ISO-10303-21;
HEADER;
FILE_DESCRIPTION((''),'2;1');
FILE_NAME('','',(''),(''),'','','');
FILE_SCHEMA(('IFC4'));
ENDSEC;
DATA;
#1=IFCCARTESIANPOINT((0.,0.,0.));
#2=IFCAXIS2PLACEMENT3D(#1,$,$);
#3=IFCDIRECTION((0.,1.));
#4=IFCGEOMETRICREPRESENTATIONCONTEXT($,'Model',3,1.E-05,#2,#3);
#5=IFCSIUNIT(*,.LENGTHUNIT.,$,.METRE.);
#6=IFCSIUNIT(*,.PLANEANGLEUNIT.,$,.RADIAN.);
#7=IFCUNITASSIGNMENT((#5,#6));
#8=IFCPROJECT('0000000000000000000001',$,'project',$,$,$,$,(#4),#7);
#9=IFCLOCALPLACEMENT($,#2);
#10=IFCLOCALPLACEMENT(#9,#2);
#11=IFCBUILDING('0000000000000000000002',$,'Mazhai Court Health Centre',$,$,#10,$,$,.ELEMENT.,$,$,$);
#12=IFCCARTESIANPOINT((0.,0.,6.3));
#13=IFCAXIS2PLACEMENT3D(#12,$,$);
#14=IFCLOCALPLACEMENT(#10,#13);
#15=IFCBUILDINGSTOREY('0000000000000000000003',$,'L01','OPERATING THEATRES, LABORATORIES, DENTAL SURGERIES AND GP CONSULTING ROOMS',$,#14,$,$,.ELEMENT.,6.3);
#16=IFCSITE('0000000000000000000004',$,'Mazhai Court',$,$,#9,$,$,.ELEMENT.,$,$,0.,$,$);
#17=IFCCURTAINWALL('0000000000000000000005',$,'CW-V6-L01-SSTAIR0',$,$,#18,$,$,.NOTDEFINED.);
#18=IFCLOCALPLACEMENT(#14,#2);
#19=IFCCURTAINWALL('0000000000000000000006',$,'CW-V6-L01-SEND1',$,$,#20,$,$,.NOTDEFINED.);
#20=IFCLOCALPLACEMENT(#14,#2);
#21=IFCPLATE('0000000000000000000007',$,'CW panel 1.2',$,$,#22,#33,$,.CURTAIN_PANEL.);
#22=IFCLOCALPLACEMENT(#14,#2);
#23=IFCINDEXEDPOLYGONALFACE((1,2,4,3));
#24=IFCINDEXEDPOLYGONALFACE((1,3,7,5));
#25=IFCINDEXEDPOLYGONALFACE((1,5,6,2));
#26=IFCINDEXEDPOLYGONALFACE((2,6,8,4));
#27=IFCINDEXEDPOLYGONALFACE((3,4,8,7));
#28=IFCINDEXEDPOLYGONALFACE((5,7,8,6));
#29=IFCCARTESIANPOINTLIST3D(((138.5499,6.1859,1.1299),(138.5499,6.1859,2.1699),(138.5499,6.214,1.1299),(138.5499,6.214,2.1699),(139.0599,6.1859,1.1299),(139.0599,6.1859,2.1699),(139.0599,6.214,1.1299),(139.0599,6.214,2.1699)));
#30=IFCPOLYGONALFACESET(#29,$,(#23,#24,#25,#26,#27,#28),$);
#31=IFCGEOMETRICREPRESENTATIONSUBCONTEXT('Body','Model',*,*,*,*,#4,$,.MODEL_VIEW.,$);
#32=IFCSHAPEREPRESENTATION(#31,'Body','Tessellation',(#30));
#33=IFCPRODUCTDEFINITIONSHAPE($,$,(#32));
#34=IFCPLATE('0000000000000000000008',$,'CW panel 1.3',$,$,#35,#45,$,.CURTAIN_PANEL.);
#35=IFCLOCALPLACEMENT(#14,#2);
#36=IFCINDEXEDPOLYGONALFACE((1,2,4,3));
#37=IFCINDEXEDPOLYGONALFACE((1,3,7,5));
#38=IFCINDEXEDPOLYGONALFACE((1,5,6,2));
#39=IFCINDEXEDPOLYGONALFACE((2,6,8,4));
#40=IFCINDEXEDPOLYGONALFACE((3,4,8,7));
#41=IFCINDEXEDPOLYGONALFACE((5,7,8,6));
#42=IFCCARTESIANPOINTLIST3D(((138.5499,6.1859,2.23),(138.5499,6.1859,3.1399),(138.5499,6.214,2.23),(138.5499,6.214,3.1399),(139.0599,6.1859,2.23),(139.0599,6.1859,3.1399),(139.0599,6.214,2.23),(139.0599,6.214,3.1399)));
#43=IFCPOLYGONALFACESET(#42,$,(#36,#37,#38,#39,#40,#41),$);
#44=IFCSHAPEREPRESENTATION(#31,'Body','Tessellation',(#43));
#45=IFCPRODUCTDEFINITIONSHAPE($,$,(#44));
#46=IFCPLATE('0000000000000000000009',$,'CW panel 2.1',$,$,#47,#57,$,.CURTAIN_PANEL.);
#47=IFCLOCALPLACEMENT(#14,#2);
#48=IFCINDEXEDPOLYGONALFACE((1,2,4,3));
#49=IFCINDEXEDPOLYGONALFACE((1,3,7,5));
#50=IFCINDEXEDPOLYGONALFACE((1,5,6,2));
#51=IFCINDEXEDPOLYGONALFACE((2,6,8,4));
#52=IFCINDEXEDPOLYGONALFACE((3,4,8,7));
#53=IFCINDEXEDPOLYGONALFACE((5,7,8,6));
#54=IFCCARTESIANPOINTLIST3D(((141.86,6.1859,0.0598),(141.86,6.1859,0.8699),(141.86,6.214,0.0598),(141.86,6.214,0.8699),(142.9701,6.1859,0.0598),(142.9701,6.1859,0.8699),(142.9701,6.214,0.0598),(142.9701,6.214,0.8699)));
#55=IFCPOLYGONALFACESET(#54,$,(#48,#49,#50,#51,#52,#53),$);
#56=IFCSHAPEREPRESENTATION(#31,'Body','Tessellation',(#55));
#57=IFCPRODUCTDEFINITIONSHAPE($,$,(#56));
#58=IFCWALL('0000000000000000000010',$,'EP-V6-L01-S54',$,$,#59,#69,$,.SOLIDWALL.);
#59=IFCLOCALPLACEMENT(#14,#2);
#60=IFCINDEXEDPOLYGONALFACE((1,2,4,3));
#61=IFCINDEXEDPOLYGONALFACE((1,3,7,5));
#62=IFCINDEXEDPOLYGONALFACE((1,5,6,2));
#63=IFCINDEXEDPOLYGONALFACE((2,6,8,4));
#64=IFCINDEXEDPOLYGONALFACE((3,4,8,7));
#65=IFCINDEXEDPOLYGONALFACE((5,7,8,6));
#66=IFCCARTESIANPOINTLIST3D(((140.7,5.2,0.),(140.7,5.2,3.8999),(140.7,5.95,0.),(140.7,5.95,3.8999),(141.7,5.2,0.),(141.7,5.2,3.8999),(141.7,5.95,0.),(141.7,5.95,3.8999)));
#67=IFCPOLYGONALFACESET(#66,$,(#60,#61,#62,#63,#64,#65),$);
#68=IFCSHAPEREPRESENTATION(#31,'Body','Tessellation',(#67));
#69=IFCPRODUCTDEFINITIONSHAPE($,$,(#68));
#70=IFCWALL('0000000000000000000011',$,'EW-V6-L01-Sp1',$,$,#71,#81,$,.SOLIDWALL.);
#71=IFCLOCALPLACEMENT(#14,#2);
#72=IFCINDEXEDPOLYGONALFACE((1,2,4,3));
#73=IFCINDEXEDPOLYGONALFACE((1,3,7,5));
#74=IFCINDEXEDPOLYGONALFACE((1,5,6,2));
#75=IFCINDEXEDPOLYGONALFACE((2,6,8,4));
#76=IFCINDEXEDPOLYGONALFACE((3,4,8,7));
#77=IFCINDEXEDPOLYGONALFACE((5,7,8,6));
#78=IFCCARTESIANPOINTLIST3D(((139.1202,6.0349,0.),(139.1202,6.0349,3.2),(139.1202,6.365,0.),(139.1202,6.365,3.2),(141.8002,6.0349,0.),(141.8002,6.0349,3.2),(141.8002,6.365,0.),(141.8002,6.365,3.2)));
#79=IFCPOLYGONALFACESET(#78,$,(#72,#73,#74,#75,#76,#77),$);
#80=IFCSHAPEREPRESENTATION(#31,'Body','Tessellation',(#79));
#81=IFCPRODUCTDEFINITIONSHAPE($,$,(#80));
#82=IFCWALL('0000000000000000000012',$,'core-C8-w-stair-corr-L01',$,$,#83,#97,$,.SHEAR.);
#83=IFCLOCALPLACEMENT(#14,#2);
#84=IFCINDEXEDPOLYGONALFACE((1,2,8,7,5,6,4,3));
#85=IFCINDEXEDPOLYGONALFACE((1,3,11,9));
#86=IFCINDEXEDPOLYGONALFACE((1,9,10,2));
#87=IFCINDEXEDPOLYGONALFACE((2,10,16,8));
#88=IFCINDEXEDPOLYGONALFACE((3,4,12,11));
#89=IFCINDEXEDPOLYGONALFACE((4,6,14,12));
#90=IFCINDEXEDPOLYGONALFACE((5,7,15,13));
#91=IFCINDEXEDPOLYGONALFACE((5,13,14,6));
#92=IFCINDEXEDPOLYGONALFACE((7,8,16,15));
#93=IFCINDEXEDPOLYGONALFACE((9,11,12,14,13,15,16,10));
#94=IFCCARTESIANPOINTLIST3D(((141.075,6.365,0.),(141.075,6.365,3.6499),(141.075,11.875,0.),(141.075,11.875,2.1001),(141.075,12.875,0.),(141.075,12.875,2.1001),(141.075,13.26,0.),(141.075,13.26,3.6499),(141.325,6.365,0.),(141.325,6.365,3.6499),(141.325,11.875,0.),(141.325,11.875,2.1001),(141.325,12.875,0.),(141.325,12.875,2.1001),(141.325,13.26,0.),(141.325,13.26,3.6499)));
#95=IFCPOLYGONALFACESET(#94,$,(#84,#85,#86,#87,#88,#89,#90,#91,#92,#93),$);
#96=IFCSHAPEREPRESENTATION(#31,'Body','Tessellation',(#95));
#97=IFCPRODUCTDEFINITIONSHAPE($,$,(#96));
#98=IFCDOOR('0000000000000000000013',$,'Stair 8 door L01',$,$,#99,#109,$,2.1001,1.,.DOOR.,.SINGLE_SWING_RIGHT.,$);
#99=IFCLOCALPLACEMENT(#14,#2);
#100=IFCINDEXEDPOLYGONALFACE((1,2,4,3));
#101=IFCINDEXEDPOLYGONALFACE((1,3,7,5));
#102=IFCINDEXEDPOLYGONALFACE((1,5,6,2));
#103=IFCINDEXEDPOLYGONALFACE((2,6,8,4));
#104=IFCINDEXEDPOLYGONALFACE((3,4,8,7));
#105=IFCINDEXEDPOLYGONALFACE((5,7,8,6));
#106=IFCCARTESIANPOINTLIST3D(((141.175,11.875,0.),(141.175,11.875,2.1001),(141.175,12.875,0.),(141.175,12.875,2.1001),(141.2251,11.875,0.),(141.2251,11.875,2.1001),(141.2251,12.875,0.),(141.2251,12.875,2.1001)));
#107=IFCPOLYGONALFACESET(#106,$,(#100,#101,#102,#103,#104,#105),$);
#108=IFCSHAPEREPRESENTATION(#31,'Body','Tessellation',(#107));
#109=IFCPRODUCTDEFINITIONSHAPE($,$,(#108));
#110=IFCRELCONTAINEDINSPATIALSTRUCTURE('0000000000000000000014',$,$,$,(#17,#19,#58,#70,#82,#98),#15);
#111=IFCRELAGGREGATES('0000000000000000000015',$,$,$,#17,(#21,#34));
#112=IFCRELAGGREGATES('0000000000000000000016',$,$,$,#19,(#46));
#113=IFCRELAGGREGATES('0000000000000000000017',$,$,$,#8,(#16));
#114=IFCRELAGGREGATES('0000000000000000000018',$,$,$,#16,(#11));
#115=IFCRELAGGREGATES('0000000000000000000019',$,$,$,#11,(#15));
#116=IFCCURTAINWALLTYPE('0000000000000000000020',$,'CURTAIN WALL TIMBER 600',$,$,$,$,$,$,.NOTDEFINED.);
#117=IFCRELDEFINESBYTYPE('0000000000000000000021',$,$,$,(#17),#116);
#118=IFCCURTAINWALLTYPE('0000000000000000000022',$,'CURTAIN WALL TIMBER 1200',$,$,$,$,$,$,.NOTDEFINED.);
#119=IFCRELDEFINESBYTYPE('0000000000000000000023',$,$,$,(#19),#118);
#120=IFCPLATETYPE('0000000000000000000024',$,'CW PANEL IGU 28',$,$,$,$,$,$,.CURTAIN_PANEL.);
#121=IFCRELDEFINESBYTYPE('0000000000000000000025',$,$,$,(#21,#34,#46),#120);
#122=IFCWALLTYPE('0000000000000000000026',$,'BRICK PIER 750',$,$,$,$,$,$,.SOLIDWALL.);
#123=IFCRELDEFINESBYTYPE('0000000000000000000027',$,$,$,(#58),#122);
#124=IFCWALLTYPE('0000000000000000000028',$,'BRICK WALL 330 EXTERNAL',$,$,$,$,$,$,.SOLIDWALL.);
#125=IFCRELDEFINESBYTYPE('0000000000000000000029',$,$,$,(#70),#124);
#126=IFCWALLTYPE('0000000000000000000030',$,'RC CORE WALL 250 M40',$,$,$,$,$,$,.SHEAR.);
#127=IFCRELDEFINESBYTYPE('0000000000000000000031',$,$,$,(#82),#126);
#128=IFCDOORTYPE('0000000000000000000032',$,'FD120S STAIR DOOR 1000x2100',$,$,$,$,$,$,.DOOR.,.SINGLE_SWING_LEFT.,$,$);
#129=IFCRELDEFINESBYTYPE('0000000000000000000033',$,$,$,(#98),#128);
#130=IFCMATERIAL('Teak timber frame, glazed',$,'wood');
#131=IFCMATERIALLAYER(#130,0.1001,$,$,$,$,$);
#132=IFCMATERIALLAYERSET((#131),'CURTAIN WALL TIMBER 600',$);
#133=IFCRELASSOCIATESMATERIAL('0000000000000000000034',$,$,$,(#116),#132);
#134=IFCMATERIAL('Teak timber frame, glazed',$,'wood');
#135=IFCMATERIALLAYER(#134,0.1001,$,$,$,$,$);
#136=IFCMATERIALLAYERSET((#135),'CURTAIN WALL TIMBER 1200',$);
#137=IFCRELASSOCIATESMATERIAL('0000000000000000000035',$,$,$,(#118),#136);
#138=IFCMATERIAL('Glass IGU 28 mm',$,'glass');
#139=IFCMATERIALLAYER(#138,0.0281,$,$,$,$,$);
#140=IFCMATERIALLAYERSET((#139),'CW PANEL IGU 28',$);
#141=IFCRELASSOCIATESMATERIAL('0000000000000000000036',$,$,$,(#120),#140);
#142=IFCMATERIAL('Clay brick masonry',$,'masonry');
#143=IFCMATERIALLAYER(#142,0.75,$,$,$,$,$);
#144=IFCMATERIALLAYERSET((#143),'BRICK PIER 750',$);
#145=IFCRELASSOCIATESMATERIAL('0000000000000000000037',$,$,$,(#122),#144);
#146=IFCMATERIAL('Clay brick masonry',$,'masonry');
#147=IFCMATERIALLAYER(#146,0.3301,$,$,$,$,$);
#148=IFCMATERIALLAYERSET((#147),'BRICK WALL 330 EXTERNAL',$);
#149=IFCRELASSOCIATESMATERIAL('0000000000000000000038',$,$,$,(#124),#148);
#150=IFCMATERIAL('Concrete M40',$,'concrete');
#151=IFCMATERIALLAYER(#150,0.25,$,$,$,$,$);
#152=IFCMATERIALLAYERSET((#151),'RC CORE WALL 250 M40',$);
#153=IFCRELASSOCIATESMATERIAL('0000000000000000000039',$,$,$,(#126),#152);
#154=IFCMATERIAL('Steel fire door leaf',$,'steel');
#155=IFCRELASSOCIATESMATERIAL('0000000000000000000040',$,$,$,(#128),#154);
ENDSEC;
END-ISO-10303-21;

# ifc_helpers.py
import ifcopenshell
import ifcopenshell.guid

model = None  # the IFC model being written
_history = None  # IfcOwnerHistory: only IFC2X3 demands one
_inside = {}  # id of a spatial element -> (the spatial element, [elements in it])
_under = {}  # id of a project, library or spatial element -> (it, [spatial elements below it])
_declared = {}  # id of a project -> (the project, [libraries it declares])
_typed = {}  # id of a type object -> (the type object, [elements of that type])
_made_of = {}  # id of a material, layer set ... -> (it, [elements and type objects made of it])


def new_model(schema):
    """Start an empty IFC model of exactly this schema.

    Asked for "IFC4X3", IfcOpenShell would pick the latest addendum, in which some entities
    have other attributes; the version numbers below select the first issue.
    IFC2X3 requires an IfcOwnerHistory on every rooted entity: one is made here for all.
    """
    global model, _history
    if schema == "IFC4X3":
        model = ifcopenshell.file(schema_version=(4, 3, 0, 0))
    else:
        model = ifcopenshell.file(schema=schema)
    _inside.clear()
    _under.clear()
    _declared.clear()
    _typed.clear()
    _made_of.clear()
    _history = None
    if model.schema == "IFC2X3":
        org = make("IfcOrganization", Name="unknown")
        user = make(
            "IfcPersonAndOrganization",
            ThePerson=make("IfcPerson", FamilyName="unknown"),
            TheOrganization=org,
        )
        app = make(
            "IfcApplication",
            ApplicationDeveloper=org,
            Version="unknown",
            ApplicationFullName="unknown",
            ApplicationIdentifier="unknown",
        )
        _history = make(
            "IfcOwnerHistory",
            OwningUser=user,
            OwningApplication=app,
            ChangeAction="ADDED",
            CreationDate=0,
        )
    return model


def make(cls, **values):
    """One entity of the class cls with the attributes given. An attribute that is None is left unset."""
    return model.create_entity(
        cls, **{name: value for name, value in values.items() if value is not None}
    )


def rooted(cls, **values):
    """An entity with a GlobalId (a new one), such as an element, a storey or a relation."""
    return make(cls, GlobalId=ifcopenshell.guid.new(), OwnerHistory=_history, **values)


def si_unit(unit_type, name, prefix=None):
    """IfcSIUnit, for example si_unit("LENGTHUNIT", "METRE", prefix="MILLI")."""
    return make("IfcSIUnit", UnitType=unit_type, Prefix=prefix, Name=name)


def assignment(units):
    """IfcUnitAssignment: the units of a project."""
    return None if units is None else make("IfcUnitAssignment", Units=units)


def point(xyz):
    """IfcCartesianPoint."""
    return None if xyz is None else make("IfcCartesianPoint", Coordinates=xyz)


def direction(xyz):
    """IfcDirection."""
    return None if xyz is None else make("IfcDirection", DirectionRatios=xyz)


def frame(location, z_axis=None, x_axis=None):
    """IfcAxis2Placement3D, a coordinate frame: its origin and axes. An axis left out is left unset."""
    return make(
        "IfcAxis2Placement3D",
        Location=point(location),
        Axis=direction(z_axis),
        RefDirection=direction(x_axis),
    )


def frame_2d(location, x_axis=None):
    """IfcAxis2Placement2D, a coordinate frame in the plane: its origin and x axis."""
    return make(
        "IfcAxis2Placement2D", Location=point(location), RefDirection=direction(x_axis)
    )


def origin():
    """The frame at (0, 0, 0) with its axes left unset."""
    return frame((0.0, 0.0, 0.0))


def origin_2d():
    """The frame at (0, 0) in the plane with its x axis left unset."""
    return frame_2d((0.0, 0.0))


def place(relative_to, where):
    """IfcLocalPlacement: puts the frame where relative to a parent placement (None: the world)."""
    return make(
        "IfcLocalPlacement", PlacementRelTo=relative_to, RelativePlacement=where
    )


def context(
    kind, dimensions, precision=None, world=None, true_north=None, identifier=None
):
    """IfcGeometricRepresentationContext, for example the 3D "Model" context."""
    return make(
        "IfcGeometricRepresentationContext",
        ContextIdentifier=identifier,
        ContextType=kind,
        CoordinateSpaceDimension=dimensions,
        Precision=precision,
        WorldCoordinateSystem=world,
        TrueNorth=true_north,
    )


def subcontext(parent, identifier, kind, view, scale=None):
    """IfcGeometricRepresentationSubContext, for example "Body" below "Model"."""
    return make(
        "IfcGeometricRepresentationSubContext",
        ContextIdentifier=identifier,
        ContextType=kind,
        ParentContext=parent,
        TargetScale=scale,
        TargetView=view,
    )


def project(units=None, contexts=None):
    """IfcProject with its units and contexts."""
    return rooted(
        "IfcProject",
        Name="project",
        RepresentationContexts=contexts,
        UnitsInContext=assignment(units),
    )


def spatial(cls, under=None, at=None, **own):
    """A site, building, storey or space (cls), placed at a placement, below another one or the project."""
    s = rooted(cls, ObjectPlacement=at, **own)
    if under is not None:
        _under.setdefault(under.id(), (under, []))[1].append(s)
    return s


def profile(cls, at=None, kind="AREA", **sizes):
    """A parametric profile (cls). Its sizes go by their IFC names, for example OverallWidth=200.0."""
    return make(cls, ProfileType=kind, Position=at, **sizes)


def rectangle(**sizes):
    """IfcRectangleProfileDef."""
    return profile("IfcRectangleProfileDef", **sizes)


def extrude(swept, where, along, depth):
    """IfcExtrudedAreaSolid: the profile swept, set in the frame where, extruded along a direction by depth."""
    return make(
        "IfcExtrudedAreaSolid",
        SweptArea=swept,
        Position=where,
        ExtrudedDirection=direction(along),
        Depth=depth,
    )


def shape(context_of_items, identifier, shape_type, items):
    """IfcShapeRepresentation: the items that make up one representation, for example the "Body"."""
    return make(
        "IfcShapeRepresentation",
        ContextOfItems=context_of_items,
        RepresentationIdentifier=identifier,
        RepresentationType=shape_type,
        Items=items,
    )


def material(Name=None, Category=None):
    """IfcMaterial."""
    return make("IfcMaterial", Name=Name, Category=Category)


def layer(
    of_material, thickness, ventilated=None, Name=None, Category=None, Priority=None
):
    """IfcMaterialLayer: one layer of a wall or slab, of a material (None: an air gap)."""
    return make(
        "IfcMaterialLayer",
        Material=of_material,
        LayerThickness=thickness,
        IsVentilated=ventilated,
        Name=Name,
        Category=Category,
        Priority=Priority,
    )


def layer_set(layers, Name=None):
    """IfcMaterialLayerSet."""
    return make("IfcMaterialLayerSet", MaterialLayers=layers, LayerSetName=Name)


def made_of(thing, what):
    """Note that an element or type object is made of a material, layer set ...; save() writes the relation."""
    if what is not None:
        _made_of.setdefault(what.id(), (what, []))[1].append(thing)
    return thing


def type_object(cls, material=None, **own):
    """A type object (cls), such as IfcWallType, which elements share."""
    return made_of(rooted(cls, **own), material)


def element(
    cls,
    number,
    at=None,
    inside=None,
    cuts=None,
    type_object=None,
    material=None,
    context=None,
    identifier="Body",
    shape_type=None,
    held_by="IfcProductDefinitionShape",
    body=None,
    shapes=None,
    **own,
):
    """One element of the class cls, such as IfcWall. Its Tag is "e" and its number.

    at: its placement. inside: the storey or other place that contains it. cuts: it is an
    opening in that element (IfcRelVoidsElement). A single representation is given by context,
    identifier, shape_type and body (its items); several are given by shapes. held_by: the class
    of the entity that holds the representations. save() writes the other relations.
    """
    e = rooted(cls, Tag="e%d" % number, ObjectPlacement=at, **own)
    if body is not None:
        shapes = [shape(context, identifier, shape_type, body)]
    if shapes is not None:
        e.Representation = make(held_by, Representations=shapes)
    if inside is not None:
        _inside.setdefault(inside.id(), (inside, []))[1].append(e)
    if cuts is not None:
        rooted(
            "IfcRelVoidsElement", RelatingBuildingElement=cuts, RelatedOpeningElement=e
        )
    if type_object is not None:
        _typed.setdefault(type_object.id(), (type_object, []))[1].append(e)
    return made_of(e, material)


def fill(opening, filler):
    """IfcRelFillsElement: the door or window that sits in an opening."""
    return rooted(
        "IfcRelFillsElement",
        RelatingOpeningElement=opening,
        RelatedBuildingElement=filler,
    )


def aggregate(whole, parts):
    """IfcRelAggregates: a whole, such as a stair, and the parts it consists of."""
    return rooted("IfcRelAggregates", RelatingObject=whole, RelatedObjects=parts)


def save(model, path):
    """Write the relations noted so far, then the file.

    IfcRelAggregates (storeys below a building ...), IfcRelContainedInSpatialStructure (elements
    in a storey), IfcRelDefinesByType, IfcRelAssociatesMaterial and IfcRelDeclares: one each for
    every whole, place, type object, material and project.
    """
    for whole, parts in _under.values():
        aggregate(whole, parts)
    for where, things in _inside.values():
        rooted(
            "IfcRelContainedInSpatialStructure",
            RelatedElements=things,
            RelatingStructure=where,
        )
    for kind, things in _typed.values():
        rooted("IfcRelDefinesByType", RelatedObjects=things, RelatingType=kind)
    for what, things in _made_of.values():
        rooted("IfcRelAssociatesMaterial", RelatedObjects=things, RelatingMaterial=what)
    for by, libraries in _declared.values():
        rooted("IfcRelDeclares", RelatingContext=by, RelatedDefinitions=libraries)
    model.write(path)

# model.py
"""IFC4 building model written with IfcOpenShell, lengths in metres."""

from ifc_helpers import new_model, si_unit, direction, frame, frame_2d, origin, origin_2d, place, context, subcontext, project, spatial, rectangle, extrude, material, layer, layer_set, type_object, element, fill, aggregate, save


model = new_model("IFC4")

# Units and contexts
model_context = context("Model", 3, precision=1e-05, world=origin(), true_north=direction((0.0, 1.0)))
body_context = subcontext(model_context, "Body", "Model", "MODEL_VIEW")
ifc_project = project(units=[si_unit("LENGTHUNIT", "METRE"), si_unit("PLANEANGLEUNIT", "RADIAN")], contexts=[model_context])

# Site, building, storey
site_placement = place(None, origin())
site = spatial("IfcSite", under=ifc_project, at=site_placement, Name="Mazhai Court", CompositionType="ELEMENT", RefElevation=0.0)
building_placement = place(site_placement, origin())
building = spatial("IfcBuilding", under=site, at=building_placement, Name="Mazhai Court Health Centre", CompositionType="ELEMENT")
storey_placement = place(building_placement, frame((0.0, 0.0, 6.3)))
storey = spatial("IfcBuildingStorey", under=building, at=storey_placement, Name="L01", Description="OPERATING THEATRES, LABORATORIES, DENTAL SURGERIES AND GP CONSULTING ROOMS", CompositionType="ELEMENT", Elevation=6.3)

# Curtain wall
ifc_material_1 = material(Name="Teak timber frame, glazed", Category="wood")
ifc_layer_1 = layer(ifc_material_1, 0.1001)
ifc_layer_set_1 = layer_set([ifc_layer_1], Name="CURTAIN WALL TIMBER 600")
curtain_wall_type_1 = type_object("IfcCurtainWallType", Name="CURTAIN WALL TIMBER 600", PredefinedType="NOTDEFINED", material=ifc_layer_set_1)
curtain_wall_1_placement = place(storey_placement, origin())
curtain_wall_1 = element("IfcCurtainWall", 1, at=curtain_wall_1_placement, inside=storey, type_object=curtain_wall_type_1, Name="CW-V6-L01-SSTAIR0", PredefinedType="NOTDEFINED")

# Curtain wall
ifc_material_2 = material(Name="Teak timber frame, glazed", Category="wood")
ifc_layer_2 = layer(ifc_material_2, 0.1001)
ifc_layer_set_2 = layer_set([ifc_layer_2], Name="CURTAIN WALL TIMBER 1200")
curtain_wall_type_2 = type_object("IfcCurtainWallType", Name="CURTAIN WALL TIMBER 1200", PredefinedType="NOTDEFINED", material=ifc_layer_set_2)
curtain_wall_2_placement = place(storey_placement, origin())
curtain_wall_2 = element("IfcCurtainWall", 2, at=curtain_wall_2_placement, inside=storey, type_object=curtain_wall_type_2, Name="CW-V6-L01-SEND1", PredefinedType="NOTDEFINED")

# Plates
ifc_material_3 = material(Name="Glass IGU 28 mm", Category="glass")
ifc_layer_3 = layer(ifc_material_3, 0.0281)
ifc_layer_set_3 = layer_set([ifc_layer_3], Name="CW PANEL IGU 28")
plate_type = type_object("IfcPlateType", Name="CW PANEL IGU 28", PredefinedType="CURTAIN_PANEL", material=ifc_layer_set_3)
plate_1_placement = place(storey_placement, frame((138.8049, 6.2, 1.1299), z_axis=(0.0, 0.0, 1.0), x_axis=(-1.0, 0.0, 0.0)))
plate_1 = element("IfcPlate", 3, at=plate_1_placement, type_object=plate_type, Name="CW panel 1.2", PredefinedType="CURTAIN_PANEL", context=body_context, shape_type="SweptSolid", body=[
    extrude(rectangle(XDim=0.51, YDim=0.0281, at=origin_2d()), origin(), (0.0, 0.0, 1.0), 1.04),
])
plate_2_placement = place(storey_placement, frame((138.8049, 6.2, 2.23), z_axis=(0.0, 0.0, 1.0), x_axis=(-1.0, 0.0, 0.0)))
plate_2 = element("IfcPlate", 4, at=plate_2_placement, type_object=plate_type, Name="CW panel 1.3", PredefinedType="CURTAIN_PANEL", context=body_context, shape_type="SweptSolid", body=[
    extrude(rectangle(XDim=0.51, YDim=0.0281, at=origin_2d()), origin(), (0.0, 0.0, 1.0), 0.9099),
])
aggregate(curtain_wall_1, [plate_1, plate_2])
plate_3_placement = place(storey_placement, frame((142.415, 6.2, 0.0598), z_axis=(0.0, 0.0, 1.0), x_axis=(-1.0, 0.0, 0.0)))
plate_3 = element("IfcPlate", 5, at=plate_3_placement, type_object=plate_type, Name="CW panel 2.1", PredefinedType="CURTAIN_PANEL", context=body_context, shape_type="SweptSolid", body=[
    extrude(rectangle(XDim=1.1101, YDim=0.0281, at=origin_2d()), origin(), (0.0, 0.0, 1.0), 0.8101),
])
aggregate(curtain_wall_2, [plate_3])

# Walls
ifc_material_4 = material(Name="Clay brick masonry", Category="masonry")
ifc_layer_4 = layer(ifc_material_4, 0.75)
ifc_layer_set_4 = layer_set([ifc_layer_4], Name="BRICK PIER 750")
wall_type_1 = type_object("IfcWallType", Name="BRICK PIER 750", PredefinedType="SOLIDWALL", material=ifc_layer_set_4)
wall_1_placement = place(storey_placement, frame((141.7, 5.575, 0.0), z_axis=(0.0, 0.0, 1.0), x_axis=(-1.0, 0.0, 0.0)))
element("IfcWall", 6, at=wall_1_placement, inside=storey, type_object=wall_type_1, Name="EP-V6-L01-S54", PredefinedType="SOLIDWALL", context=body_context, shape_type="SweptSolid", body=[
    extrude(rectangle(XDim=1.0, YDim=0.75, at=frame_2d((0.5, 0.0))), origin(), (0.0, 0.0, 1.0), 3.8999),
])
ifc_material_5 = material(Name="Clay brick masonry", Category="masonry")
ifc_layer_5 = layer(ifc_material_5, 0.3301)
ifc_layer_set_5 = layer_set([ifc_layer_5], Name="BRICK WALL 330 EXTERNAL")
wall_type_2 = type_object("IfcWallType", Name="BRICK WALL 330 EXTERNAL", PredefinedType="SOLIDWALL", material=ifc_layer_set_5)
wall_2_placement = place(storey_placement, frame((141.8, 6.2, 0.0), z_axis=(0.0, 0.0, 1.0), x_axis=(-1.0, 0.0, 0.0)))
element("IfcWall", 7, at=wall_2_placement, inside=storey, type_object=wall_type_2, Name="EW-V6-L01-Sp1", PredefinedType="SOLIDWALL", context=body_context, shape_type="SweptSolid", body=[
    extrude(rectangle(XDim=2.6799, YDim=0.3301, at=frame_2d((1.3398, 0.0))), origin(), (0.0, 0.0, 1.0), 3.2),
])

# Wall, opening, door
ifc_material_6 = material(Name="Concrete M40", Category="concrete")
ifc_layer_6 = layer(ifc_material_6, 0.25)
ifc_layer_set_6 = layer_set([ifc_layer_6], Name="RC CORE WALL 250 M40")
wall_type_3 = type_object("IfcWallType", Name="RC CORE WALL 250 M40", PredefinedType="SHEAR", material=ifc_layer_set_6)
wall_3_placement = place(storey_placement, frame((141.2, 6.365, 0.0), z_axis=(0.0, 0.0, 1.0), x_axis=(0.0, 1.0, 0.0)))
wall_3 = element("IfcWall", 8, at=wall_3_placement, inside=storey, type_object=wall_type_3, Name="core-C8-w-stair-corr-L01", PredefinedType="SHEAR", context=body_context, shape_type="SweptSolid", body=[
    extrude(rectangle(XDim=6.895, YDim=0.25, at=frame_2d((3.4475, 0.0))), origin(), (0.0, 0.0, 1.0), 3.6499),
])
opening_placement = place(wall_3_placement, frame((5.51, 0.0, 0.0)))
opening = element("IfcOpeningElement", 9, at=opening_placement, cuts=wall_3, PredefinedType="OPENING", context=body_context, shape_type="SweptSolid", body=[
    extrude(rectangle(XDim=1.0, YDim=2.1001, at=frame_2d((0.5, 1.05))), frame((0.0, 0.135, 0.0), z_axis=(0.0, -1.0, 0.0), x_axis=(1.0, 0.0, 0.0)), (0.0, 0.0, 1.0), 0.27),
])
ifc_material_7 = material(Name="Steel fire door leaf", Category="steel")
door_type = type_object("IfcDoorType", Name="FD120S STAIR DOOR 1000x2100", OperationType="SINGLE_SWING_LEFT", PredefinedType="DOOR", material=ifc_material_7)
door_placement = place(opening_placement, origin())
door = element("IfcDoor", 10, at=door_placement, inside=storey, type_object=door_type, Name="Stair 8 door L01", OperationType="SINGLE_SWING_RIGHT", OverallHeight=2.1001, OverallWidth=1.0, PredefinedType="DOOR", context=body_context, shape_type="SweptSolid", body=[
    extrude(rectangle(XDim=1.0, YDim=2.1001, at=frame_2d((0.5, 1.05))), frame((0.0, 0.0249, 0.0), z_axis=(0.0, -1.0, 0.0), x_axis=(1.0, 0.0, 0.0)), (0.0, 0.0, 1.0), 0.05),
])
fill(opening, door)

save(model, "model.ifc")
